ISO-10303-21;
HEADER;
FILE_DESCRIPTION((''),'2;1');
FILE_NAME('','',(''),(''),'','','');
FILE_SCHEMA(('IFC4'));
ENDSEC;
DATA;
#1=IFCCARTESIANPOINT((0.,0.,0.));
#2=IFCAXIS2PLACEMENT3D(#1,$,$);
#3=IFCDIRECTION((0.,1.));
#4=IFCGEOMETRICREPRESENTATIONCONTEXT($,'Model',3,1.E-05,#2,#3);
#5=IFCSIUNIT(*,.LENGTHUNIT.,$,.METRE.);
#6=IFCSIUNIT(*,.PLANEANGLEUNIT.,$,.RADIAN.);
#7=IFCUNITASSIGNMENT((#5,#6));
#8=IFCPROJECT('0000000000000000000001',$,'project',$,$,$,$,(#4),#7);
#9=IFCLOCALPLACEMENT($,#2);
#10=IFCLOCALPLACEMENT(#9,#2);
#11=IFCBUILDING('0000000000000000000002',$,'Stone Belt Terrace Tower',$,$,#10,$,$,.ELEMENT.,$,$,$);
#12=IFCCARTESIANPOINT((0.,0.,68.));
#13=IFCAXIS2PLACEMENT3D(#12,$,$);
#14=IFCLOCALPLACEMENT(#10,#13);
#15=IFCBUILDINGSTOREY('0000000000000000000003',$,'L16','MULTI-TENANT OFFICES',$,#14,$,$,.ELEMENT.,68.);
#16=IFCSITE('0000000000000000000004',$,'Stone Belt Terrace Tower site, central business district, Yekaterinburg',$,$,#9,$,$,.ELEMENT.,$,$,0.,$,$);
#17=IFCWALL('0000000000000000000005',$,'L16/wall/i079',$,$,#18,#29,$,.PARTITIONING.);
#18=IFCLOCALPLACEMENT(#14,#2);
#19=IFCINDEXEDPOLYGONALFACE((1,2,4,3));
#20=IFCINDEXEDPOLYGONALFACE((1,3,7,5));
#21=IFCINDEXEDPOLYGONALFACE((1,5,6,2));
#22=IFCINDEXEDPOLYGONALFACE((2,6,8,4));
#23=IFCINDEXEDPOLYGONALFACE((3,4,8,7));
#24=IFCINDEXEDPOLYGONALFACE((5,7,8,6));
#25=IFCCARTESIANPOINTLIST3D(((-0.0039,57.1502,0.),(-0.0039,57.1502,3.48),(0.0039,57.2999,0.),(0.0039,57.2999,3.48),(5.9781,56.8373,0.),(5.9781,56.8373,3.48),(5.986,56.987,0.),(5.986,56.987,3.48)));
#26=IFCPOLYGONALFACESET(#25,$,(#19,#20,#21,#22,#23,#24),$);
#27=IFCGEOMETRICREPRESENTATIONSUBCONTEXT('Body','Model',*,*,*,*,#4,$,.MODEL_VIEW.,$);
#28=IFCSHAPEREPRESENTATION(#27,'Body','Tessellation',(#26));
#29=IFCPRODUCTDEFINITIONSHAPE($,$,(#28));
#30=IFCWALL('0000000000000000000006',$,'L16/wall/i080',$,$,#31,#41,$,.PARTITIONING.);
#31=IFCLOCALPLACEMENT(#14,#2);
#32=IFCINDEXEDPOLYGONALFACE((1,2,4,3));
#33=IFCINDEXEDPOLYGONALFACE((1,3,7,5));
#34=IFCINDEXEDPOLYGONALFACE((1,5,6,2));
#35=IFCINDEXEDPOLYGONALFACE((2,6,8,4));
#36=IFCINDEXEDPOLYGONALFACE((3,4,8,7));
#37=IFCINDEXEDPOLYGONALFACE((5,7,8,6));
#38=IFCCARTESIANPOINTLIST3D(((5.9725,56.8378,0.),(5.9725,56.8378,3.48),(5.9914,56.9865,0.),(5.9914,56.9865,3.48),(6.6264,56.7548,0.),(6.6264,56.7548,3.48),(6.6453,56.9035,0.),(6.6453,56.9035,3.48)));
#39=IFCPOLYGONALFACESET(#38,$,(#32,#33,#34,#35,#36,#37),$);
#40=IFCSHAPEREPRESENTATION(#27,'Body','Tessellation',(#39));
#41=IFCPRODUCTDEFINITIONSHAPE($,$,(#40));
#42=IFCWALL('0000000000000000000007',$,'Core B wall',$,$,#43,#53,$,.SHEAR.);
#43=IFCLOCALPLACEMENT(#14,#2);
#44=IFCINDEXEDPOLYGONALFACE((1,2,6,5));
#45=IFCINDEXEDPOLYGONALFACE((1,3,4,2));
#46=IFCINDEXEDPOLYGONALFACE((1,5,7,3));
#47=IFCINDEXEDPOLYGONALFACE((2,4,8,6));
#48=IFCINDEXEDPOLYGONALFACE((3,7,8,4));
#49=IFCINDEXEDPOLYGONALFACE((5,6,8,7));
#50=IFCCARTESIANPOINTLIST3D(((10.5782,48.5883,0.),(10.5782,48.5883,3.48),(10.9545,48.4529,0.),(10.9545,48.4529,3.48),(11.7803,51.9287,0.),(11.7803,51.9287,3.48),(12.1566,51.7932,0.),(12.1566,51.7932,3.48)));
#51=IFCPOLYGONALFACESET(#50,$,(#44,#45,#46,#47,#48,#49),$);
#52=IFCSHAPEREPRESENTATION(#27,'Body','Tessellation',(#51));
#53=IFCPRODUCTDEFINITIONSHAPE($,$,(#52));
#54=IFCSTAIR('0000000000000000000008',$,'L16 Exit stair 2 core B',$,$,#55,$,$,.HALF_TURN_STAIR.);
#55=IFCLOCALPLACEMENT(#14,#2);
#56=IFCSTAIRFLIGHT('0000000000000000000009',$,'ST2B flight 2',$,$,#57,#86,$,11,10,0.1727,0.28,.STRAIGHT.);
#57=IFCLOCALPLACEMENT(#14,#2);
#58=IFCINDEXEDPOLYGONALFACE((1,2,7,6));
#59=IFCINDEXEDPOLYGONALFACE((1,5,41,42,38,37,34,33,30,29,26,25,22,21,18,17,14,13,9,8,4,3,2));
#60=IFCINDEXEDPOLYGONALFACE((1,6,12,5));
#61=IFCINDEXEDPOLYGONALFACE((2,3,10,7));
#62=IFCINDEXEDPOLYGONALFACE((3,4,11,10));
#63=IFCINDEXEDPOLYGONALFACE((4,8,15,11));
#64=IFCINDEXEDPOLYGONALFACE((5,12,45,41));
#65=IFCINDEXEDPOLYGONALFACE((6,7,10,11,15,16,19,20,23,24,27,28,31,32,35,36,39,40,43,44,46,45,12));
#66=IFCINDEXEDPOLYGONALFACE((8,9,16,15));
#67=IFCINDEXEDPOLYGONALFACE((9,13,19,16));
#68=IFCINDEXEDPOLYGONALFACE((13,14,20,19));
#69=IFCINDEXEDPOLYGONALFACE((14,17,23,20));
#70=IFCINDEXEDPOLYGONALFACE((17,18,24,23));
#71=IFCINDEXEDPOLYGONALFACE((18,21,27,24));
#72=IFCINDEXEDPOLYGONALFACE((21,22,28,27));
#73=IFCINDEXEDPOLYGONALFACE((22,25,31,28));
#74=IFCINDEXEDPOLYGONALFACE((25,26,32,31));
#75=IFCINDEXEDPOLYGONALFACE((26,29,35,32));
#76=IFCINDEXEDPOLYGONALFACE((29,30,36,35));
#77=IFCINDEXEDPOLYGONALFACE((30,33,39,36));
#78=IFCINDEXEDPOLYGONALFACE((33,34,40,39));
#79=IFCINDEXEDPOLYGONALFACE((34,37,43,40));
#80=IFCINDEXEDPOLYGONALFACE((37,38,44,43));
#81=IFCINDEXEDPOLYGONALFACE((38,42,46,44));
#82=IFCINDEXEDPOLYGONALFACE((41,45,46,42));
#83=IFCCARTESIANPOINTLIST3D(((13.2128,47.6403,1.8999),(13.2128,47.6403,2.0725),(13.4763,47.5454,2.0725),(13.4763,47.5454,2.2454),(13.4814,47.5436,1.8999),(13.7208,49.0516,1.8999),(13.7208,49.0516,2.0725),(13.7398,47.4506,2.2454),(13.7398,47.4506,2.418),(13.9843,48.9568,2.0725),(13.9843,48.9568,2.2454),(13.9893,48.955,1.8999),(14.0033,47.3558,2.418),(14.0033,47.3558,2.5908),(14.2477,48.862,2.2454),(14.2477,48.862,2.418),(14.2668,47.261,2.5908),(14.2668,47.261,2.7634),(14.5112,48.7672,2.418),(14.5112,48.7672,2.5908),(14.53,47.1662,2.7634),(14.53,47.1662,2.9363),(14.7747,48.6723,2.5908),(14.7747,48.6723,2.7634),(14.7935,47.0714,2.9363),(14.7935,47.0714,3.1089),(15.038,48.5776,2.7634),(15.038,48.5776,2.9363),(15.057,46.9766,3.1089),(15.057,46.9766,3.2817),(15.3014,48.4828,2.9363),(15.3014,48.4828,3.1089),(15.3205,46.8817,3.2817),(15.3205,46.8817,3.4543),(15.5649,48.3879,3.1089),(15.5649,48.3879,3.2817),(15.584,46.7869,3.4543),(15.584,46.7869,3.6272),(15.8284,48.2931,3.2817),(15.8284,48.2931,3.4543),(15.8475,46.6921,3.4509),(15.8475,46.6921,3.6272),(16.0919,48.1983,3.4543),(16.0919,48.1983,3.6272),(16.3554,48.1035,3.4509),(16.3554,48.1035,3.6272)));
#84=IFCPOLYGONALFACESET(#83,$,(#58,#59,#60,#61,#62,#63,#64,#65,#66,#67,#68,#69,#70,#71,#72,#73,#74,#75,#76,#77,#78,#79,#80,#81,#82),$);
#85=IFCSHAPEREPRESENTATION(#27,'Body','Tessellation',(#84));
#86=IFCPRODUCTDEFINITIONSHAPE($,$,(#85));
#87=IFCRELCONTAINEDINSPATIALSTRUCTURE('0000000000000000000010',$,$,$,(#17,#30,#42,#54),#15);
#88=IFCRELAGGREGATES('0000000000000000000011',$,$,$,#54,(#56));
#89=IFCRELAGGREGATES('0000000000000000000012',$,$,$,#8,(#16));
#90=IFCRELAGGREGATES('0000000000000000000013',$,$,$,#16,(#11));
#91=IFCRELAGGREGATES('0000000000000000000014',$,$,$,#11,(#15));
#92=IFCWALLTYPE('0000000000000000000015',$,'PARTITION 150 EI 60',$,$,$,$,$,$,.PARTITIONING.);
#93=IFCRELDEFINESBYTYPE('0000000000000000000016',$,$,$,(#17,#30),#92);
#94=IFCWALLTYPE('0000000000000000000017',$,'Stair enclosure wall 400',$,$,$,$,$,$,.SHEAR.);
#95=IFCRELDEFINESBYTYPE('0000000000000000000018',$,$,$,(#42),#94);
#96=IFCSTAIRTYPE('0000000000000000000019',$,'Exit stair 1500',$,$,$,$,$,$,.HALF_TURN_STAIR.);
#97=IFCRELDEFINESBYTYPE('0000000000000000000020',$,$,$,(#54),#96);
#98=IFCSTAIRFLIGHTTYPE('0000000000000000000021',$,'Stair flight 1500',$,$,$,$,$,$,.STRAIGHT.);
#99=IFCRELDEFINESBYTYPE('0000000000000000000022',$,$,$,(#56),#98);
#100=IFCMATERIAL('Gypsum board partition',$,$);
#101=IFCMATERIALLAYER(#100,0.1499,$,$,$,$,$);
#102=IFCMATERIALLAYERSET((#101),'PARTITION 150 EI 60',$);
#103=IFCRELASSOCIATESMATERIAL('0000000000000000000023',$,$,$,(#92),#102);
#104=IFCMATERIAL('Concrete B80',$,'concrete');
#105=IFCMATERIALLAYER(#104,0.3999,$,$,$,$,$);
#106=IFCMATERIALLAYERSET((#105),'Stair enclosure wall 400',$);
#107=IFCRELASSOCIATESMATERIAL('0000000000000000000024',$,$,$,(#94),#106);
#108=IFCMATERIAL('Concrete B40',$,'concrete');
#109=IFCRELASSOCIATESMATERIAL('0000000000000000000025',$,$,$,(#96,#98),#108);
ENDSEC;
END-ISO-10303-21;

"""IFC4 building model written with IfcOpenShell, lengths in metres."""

from ifc_helpers import new_model, si_unit, direction, frame, frame_2d, origin, place, context, subcontext, project, spatial, polyline, rectangle, outline, extrude, material, layer, layer_set, type_object, element, aggregate, save


model = new_model("IFC4")

# Units and contexts
model_context = context("Model", 3, precision=1e-05, world=origin(), true_north=direction((0.0, 1.0)))
body_context = subcontext(model_context, "Body", "Model", "MODEL_VIEW")
ifc_project = project(units=[si_unit("LENGTHUNIT", "METRE"), si_unit("PLANEANGLEUNIT", "RADIAN")], contexts=[model_context])

# Site, building, storey
site_placement = place(None, origin())
site = spatial("IfcSite", under=ifc_project, at=site_placement, Name="Stone Belt Terrace Tower site, central business district, Yekaterinburg", CompositionType="ELEMENT", RefElevation=0.0)
building_placement = place(site_placement, origin())
building = spatial("IfcBuilding", under=site, at=building_placement, Name="Stone Belt Terrace Tower", CompositionType="ELEMENT")
storey_placement = place(building_placement, frame((0.0, 0.0, 68.0)))
storey = spatial("IfcBuildingStorey", under=building, at=storey_placement, Name="L16", Description="MULTI-TENANT OFFICES", CompositionType="ELEMENT", Elevation=68.0)

# Shared definitions
ifc_material_1 = material(Name="Concrete B80", Category="concrete")

# Shared definitions
ifc_material_2 = material(Name="Gypsum board partition")
ifc_layer_1 = layer(ifc_material_2, 0.1499)
ifc_layer_set_1 = layer_set([ifc_layer_1], Name="PARTITION 150 EI 60")
wall_type_1 = type_object("IfcWallType", Name="PARTITION 150 EI 60", PredefinedType="PARTITIONING", material=ifc_layer_set_1)

# Walls
wall_1_placement = place(storey_placement, frame((0.0, 57.2251, 0.0), z_axis=(0.0, 0.0, 1.0), x_axis=(0.998634, -0.052251, 0.0)))
element("IfcWall", 1, at=wall_1_placement, inside=storey, type_object=wall_type_1, Name="L16/wall/i079", PredefinedType="PARTITIONING", context=body_context, shape_type="SweptSolid", body=[
    extrude(rectangle(XDim=5.9902, YDim=0.1499, at=frame_2d((2.9951, 0.0))), origin(), (0.0, 0.0, 1.0), 3.48),
])
wall_2_placement = place(storey_placement, frame((5.9819, 56.9121, 0.0), z_axis=(0.0, 0.0, 1.0), x_axis=(0.992043, -0.125903, 0.0)))
element("IfcWall", 2, at=wall_2_placement, inside=storey, type_object=wall_type_1, Name="L16/wall/i080", PredefinedType="PARTITIONING", context=body_context, shape_type="SweptSolid", body=[
    extrude(rectangle(XDim=0.6592, YDim=0.1499, at=frame_2d((0.3296, 0.0))), origin(), (0.0, 0.0, 1.0), 3.48),
])
ifc_layer_2 = layer(ifc_material_1, 0.3999)
ifc_layer_set_2 = layer_set([ifc_layer_2], Name="Stair enclosure wall 400")
wall_type_2 = type_object("IfcWallType", Name="Stair enclosure wall 400", PredefinedType="SHEAR", material=ifc_layer_set_2)
wall_3_placement = place(storey_placement, frame((10.7664, 48.5208, 0.0), z_axis=(0.0, 0.0, 1.0), x_axis=(0.338627, 0.940921, 0.0)))
element("IfcWall", 3, at=wall_3_placement, inside=storey, type_object=wall_type_2, Name="Core B wall", PredefinedType="SHEAR", context=body_context, shape_type="SweptSolid", body=[
    extrude(rectangle(XDim=3.55, YDim=0.3999, at=frame_2d((1.7749, 0.0))), origin(), (0.0, 0.0, 1.0), 3.48),
])

# Stair, stair flight
ifc_material_3 = material(Name="Concrete B40", Category="concrete")
stair_type = type_object("IfcStairType", Name="Exit stair 1500", PredefinedType="HALF_TURN_STAIR", material=ifc_material_3)
stair_placement = place(storey_placement, origin())
stair = element("IfcStair", 4, at=stair_placement, inside=storey, type_object=stair_type, Name="L16 Exit stair 2 core B", PredefinedType="HALF_TURN_STAIR")
stair_flight_type = type_object("IfcStairFlightType", Name="Stair flight 1500", PredefinedType="STRAIGHT", material=ifc_material_3)
stair_flight_placement = place(storey_placement, frame((13.4668, 48.3459, 1.8999), z_axis=(0.0, 0.0, 1.0), x_axis=(0.940922, -0.338624, 0.0)))
stair_flight = element("IfcStairFlight", 5, at=stair_flight_placement, type_object=stair_flight_type, Name="ST2B flight 2", NumberOfRisers=11, NumberOfTreads=10, PredefinedType="STRAIGHT", RiserHeight=0.1727, TreadLength=0.28, context=body_context, shape_type="SweptSolid", body=[
    extrude(outline(polyline([(0.0, 0.0), (0.0, 0.1726), (0.28, 0.1726), (0.28, 0.3455), (0.5601, 0.3455), (0.5601, 0.5181), (0.8401, 0.5181), (0.8401, 0.6909), (1.1201, 0.6909), (1.1201, 0.8635), (1.3999, 0.8635), (1.3999, 1.0364), (1.6799, 1.0364), (1.6799, 1.209), (1.96, 1.209), (1.96, 1.3818), (2.24, 1.3818), (2.24, 1.5544), (2.52, 1.5544), (2.52, 1.7273), (2.8, 1.7273), (2.8, 1.8999), (2.8, 1.551), (0.2854, 0.0), (0.0, 0.0)])), frame((0.0, 0.75, 0.0), z_axis=(0.0, -1.0, 0.0), x_axis=(1.0, 0.0, 0.0)), (0.0, 0.0, 1.0), 1.5),
])
aggregate(stair, [stair_flight])

save(model, "model.ifc")
